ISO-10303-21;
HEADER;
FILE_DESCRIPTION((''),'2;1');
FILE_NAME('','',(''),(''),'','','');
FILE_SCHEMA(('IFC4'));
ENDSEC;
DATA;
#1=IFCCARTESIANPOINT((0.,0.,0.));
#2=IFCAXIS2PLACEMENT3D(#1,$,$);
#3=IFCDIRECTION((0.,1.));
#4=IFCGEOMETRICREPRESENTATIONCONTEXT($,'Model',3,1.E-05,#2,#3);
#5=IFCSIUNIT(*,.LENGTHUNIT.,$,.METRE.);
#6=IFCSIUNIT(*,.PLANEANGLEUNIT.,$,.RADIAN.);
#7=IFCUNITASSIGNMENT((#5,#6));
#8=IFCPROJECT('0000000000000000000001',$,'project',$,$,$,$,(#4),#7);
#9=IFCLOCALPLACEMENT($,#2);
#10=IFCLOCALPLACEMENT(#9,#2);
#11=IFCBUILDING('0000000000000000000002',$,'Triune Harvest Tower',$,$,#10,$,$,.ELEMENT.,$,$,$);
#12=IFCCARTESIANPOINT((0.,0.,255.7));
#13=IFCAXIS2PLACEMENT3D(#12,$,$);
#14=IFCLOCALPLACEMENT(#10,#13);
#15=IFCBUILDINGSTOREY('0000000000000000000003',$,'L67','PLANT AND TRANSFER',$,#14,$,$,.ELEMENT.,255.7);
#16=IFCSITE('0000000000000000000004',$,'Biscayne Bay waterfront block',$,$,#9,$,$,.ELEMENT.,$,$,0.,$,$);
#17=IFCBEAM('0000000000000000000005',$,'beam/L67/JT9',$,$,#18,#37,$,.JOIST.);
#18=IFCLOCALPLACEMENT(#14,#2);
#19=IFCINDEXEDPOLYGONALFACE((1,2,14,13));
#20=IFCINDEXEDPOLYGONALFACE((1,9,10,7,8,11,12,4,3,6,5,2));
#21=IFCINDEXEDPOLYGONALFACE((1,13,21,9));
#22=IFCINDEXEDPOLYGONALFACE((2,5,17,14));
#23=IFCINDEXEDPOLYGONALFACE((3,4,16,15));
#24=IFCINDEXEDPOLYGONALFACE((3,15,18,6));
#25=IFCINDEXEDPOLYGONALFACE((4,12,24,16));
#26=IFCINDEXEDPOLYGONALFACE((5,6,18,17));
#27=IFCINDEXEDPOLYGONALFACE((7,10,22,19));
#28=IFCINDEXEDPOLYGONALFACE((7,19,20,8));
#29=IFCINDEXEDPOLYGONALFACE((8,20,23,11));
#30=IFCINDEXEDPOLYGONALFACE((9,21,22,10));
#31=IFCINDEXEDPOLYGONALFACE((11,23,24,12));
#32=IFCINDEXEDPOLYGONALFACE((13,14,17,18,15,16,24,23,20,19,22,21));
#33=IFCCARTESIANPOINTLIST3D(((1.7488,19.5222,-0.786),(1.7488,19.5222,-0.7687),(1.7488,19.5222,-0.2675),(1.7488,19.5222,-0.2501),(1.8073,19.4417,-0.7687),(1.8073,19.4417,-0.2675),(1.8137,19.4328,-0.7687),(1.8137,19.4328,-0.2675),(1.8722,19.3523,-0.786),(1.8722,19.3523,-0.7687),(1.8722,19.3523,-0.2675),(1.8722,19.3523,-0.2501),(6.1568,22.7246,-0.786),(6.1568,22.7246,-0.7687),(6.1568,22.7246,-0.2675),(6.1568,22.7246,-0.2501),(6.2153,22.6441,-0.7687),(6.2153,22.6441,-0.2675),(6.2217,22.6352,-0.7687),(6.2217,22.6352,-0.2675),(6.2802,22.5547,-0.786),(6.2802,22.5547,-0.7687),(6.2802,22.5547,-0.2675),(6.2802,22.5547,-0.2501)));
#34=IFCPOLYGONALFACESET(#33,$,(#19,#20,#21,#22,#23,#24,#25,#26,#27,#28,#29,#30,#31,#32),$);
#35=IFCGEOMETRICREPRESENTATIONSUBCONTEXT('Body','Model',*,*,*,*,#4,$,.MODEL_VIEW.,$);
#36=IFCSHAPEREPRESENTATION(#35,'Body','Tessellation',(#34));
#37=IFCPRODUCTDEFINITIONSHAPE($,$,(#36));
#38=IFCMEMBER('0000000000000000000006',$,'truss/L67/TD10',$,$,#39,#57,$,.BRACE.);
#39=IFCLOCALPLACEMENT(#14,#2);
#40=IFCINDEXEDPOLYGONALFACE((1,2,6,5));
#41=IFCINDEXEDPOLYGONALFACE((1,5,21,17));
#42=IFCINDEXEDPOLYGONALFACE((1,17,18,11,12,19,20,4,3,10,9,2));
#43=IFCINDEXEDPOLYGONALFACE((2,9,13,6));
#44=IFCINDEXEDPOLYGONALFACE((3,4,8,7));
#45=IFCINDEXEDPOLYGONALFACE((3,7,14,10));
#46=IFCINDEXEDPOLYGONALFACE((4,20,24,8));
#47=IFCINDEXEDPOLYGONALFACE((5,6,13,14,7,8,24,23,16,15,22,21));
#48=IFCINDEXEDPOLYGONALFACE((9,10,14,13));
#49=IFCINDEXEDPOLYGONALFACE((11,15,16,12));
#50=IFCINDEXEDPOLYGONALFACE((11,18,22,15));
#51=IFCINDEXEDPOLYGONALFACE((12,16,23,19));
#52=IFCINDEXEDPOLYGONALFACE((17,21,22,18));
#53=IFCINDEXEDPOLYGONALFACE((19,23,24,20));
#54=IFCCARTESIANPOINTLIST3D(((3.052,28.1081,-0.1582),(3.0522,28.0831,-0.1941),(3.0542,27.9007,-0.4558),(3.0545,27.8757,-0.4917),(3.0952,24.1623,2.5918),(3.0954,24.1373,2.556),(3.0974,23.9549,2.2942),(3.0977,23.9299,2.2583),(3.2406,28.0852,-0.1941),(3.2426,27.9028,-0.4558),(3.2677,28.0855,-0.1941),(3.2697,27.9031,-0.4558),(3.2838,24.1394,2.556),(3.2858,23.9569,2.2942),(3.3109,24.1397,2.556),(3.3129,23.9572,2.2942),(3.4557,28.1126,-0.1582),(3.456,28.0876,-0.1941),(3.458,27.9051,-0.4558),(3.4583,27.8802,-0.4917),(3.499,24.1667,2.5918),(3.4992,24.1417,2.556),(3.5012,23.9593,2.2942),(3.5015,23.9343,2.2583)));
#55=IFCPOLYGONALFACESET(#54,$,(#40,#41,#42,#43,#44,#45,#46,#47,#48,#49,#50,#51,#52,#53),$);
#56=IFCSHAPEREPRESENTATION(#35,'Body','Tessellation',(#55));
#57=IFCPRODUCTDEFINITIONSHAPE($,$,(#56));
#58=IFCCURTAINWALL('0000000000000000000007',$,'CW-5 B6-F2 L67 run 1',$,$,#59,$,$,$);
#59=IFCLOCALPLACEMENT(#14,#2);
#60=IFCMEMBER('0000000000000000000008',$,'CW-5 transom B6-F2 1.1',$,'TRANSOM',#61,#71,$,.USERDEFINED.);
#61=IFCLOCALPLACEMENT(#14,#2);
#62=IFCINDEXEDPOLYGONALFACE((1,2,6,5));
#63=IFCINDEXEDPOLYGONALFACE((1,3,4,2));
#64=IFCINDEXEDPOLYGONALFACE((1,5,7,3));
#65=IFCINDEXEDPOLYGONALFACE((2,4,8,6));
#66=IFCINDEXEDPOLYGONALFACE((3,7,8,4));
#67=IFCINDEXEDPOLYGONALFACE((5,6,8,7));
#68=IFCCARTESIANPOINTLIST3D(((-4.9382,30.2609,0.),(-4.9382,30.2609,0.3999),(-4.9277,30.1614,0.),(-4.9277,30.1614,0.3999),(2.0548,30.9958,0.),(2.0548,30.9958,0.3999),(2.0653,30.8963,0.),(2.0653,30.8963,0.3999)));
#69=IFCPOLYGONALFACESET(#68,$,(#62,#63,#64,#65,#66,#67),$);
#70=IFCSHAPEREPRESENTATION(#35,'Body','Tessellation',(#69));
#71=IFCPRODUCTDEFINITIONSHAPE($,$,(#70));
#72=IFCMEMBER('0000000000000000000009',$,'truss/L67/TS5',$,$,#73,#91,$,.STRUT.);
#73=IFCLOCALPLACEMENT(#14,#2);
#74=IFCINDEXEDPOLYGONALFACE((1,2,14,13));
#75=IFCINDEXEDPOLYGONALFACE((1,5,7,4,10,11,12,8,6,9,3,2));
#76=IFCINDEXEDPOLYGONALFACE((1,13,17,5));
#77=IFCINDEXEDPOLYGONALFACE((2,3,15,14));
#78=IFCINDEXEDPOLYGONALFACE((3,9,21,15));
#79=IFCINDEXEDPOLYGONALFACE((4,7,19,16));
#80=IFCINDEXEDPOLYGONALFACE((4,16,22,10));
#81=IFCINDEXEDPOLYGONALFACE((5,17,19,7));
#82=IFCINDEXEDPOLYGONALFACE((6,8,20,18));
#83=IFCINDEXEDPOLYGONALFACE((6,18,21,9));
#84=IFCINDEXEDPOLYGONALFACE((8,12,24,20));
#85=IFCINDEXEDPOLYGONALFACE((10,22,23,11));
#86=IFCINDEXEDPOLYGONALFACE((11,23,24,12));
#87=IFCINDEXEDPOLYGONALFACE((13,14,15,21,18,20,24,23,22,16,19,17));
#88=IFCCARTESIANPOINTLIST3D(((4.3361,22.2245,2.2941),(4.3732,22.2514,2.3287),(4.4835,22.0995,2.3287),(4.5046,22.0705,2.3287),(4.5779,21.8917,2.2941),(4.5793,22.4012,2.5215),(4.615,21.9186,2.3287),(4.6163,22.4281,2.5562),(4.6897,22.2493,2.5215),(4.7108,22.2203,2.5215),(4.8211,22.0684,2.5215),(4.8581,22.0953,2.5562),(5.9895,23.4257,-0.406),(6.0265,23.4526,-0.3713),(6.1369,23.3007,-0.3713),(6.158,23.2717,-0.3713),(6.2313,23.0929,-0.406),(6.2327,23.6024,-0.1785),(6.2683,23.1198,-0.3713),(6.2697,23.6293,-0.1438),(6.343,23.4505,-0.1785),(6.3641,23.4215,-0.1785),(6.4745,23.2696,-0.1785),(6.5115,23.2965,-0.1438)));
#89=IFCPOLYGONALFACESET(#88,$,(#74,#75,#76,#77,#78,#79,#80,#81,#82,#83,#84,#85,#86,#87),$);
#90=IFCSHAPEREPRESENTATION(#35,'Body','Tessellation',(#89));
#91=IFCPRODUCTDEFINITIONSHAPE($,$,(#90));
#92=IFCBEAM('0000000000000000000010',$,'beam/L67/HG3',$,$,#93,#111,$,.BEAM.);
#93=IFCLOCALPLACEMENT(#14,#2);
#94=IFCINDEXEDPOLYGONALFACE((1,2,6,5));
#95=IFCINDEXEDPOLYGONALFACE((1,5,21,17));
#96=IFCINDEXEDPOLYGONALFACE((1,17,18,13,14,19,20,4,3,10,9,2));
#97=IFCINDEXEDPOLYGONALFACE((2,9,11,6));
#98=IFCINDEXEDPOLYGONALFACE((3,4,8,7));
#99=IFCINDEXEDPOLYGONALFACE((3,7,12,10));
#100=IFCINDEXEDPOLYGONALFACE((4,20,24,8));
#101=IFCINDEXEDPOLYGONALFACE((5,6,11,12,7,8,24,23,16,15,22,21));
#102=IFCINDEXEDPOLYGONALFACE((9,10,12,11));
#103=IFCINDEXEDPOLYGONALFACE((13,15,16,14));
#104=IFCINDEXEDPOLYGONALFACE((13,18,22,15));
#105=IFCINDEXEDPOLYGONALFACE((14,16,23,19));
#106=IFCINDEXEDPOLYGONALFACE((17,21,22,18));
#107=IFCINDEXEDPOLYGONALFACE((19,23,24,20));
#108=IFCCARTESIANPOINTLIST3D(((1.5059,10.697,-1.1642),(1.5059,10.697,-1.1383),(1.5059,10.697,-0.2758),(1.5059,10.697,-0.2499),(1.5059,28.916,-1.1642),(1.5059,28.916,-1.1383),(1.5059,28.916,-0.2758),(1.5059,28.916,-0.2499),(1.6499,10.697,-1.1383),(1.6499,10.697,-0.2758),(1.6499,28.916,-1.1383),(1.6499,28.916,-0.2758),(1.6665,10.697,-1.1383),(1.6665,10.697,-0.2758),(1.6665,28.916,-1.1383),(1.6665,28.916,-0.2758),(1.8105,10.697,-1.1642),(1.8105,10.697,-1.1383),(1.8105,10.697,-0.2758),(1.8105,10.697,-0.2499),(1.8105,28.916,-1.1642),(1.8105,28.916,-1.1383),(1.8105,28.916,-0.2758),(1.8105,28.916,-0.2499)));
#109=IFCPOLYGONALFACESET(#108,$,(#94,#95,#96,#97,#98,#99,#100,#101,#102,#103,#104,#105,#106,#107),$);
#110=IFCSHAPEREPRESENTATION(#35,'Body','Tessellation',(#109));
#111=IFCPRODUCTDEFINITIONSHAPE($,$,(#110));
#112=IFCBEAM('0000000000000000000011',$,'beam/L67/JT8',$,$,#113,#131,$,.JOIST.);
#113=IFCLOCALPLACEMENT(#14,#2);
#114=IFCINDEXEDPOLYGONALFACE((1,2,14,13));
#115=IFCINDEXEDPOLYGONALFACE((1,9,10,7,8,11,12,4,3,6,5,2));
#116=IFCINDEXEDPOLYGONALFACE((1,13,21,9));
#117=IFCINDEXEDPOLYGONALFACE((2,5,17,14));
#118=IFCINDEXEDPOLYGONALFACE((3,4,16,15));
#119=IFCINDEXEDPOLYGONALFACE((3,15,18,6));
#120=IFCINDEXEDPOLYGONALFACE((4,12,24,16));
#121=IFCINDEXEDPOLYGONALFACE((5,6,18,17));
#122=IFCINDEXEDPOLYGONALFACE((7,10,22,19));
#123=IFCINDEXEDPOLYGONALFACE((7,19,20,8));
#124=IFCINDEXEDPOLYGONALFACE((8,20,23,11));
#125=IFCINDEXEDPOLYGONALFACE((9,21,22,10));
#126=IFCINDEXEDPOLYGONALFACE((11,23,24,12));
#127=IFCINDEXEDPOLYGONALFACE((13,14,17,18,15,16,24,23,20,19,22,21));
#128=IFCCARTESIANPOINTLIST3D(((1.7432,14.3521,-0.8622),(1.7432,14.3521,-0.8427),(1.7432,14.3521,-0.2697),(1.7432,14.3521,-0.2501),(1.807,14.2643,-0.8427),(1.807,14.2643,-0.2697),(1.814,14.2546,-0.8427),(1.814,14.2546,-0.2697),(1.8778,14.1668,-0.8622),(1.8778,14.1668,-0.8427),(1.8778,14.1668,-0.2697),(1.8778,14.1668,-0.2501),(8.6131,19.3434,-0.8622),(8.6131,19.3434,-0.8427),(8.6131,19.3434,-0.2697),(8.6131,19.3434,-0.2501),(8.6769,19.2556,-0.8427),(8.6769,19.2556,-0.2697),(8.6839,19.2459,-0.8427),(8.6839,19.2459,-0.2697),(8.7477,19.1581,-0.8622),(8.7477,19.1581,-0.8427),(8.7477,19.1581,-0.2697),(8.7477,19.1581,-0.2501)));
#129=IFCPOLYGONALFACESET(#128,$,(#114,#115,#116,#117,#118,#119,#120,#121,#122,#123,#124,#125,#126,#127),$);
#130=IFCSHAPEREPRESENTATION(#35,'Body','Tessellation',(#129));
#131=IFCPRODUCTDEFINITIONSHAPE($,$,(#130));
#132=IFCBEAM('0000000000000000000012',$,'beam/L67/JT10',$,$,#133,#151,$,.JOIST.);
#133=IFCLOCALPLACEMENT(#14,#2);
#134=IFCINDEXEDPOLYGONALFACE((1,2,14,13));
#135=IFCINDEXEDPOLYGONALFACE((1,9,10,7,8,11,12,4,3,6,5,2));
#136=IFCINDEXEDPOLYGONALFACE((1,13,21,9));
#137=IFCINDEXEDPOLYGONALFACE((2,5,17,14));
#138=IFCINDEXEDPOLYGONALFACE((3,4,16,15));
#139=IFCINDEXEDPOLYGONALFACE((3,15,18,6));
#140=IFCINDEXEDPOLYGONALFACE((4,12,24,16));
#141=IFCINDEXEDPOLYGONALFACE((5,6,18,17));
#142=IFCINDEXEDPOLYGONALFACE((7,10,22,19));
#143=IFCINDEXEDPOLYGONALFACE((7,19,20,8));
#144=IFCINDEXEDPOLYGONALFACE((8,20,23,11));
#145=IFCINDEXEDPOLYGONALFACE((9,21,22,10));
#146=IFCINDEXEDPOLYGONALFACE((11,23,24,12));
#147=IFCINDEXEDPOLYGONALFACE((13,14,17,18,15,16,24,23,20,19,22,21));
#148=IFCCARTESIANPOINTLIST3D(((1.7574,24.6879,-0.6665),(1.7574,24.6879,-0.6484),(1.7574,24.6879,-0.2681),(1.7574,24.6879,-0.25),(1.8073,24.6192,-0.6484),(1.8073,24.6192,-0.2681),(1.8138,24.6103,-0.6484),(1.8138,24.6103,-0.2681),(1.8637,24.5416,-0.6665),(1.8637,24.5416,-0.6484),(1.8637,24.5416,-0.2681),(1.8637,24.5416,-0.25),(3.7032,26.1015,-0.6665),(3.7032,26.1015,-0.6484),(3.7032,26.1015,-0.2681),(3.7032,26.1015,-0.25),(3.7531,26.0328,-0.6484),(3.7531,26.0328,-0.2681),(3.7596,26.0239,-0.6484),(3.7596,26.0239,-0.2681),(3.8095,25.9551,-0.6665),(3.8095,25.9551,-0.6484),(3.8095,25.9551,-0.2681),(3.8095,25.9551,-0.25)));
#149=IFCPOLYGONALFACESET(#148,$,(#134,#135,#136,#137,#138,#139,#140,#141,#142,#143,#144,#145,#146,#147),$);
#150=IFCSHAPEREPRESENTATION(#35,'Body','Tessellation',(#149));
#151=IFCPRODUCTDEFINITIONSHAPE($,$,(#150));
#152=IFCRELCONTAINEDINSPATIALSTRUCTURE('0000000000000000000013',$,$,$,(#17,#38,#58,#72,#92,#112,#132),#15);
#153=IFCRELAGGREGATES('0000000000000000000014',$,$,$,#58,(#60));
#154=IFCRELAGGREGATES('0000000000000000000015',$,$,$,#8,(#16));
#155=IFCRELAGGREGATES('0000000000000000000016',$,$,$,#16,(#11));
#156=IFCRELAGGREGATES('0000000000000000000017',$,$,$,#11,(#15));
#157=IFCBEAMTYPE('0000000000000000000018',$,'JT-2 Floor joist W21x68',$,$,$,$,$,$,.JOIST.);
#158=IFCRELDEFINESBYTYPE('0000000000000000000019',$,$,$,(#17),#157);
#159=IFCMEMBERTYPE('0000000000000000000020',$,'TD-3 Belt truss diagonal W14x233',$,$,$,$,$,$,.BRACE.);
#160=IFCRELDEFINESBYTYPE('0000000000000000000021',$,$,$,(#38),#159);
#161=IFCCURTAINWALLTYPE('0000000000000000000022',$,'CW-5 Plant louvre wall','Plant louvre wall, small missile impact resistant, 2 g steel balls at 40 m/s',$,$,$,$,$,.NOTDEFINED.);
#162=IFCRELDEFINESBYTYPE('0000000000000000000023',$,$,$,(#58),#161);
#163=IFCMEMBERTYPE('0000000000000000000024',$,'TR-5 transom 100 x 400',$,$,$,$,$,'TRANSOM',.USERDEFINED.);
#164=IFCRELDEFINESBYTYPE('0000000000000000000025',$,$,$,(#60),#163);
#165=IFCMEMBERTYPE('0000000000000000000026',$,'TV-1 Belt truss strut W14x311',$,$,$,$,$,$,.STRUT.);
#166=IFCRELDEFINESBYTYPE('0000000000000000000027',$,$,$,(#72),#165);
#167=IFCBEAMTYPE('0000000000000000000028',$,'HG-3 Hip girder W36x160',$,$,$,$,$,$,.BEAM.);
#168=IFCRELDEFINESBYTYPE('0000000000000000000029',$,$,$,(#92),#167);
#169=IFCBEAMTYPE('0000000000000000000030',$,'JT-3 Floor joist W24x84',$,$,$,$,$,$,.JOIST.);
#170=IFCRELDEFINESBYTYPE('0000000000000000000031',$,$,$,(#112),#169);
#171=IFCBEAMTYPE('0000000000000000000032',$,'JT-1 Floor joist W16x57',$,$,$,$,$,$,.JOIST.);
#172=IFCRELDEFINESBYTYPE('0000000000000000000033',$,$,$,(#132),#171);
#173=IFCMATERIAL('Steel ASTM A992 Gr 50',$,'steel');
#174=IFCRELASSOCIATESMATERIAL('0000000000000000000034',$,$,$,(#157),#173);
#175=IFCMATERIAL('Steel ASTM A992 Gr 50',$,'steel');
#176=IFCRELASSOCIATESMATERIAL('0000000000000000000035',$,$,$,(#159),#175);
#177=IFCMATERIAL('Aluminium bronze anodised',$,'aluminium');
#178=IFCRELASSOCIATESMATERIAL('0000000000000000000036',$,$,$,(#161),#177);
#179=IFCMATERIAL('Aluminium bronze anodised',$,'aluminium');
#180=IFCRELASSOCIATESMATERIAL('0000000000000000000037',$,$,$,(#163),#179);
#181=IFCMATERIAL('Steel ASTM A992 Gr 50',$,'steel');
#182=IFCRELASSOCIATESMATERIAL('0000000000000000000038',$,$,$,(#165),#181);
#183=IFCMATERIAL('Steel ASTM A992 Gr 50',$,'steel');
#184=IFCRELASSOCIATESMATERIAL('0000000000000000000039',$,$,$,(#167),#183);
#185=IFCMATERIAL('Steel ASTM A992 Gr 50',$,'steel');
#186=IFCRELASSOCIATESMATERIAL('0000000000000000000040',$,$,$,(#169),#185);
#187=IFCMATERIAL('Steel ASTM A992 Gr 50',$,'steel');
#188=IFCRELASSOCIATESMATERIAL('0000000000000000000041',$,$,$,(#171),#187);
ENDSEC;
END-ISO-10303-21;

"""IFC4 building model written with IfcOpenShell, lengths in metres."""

from ifc_helpers import new_model, si_unit, direction, frame, origin, origin_2d, place, context, subcontext, project, spatial, rectangle, i_section, extrude, source, transform, mapped, material, material_profile, profile_set, type_object, element, aggregate, save


model = new_model("IFC4")

# Units and contexts
model_context = context("Model", 3, precision=1e-05, world=origin(), true_north=direction((0.0, 1.0)))
body_context = subcontext(model_context, "Body", "Model", "MODEL_VIEW")
ifc_project = project(units=[si_unit("LENGTHUNIT", "METRE"), si_unit("PLANEANGLEUNIT", "RADIAN")], contexts=[model_context])

# Site, building, storey
site_placement = place(None, origin())
site = spatial("IfcSite", under=ifc_project, at=site_placement, Name="Biscayne Bay waterfront block", CompositionType="ELEMENT", RefElevation=0.0)
building_placement = place(site_placement, origin())
building = spatial("IfcBuilding", under=site, at=building_placement, Name="Triune Harvest Tower", CompositionType="ELEMENT")
storey_placement = place(building_placement, frame((0.0, 0.0, 255.7)))
storey = spatial("IfcBuildingStorey", under=building, at=storey_placement, Name="L67", Description="PLANT AND TRANSFER", CompositionType="ELEMENT", Elevation=255.7)

# Beam
ifc_material_1 = material(Name="Steel ASTM A992 Gr 50", Category="steel")
ifc_material_profile_1 = material_profile(ifc_material_1, i_section(OverallWidth=0.21, OverallDepth=0.5359, WebThickness=0.011, FlangeThickness=0.0173, at=origin_2d()), Name="W21x68")
ifc_profile_set_1 = profile_set([ifc_material_profile_1], Name="Steel ASTM A992 Gr 50")
beam_type_1 = type_object("IfcBeamType", Name="JT-2 Floor joist W21x68", PredefinedType="JOIST", material=ifc_profile_set_1)
beam_1_placement = place(storey_placement, frame((6.2185, 22.6396, -0.5181), z_axis=(-0.809032, -0.587764, 0.0), x_axis=(0.587764, -0.809032, 0.0)))
element("IfcBeam", 1, at=beam_1_placement, inside=storey, type_object=beam_type_1, Name="beam/L67/JT9", PredefinedType="JOIST", context=body_context, shape_type="SweptSolid", body=[
    extrude(i_section(OverallWidth=0.21, OverallDepth=0.5359, WebThickness=0.011, FlangeThickness=0.0173, at=origin_2d()), origin(), (0.0, 0.0, 1.0), 5.4485),
])

# Member
ifc_material_2 = material(Name="Steel ASTM A992 Gr 50", Category="steel")
ifc_material_profile_2 = material_profile(ifc_material_2, i_section(OverallWidth=0.4038, OverallDepth=0.4065, WebThickness=0.0271, FlangeThickness=0.0437, at=origin_2d()), Name="W14x233")
ifc_profile_set_2 = profile_set([ifc_material_profile_2], Name="Steel ASTM A992 Gr 50")
member_type_1 = type_object("IfcMemberType", Name="TD-3 Belt truss diagonal W14x233", PredefinedType="BRACE", material=ifc_profile_set_2)
member_1_placement = place(storey_placement, frame((3.2551, 27.9941, -0.325), z_axis=(0.008984, -0.820375, 0.571755), x_axis=(0.99994, 0.010951, 0.0)))
element("IfcMember", 2, at=member_1_placement, inside=storey, type_object=member_type_1, Name="truss/L67/TD10", PredefinedType="BRACE", context=body_context, shape_type="SweptSolid", body=[
    extrude(i_section(OverallWidth=0.4038, OverallDepth=0.4065, WebThickness=0.0271, FlangeThickness=0.0437, at=origin_2d()), origin(), (0.0, 0.0, 1.0), 4.8098),
])

# Curtain wall, member
ifc_material_3 = material(Name="Aluminium bronze anodised", Category="aluminium")
curtain_wall_type = type_object("IfcCurtainWallType", Name="CW-5 Plant louvre wall", Description="Plant louvre wall, small missile impact resistant, 2 g steel balls at 40 m/s", PredefinedType="NOTDEFINED", material=ifc_material_3)
curtain_wall_1_placement = place(storey_placement, origin())
curtain_wall_1 = element("IfcCurtainWall", 3, at=curtain_wall_1_placement, inside=storey, type_object=curtain_wall_type, Name="CW-5 B6-F2 L67 run 1")
ifc_material_4 = material(Name="Aluminium bronze anodised", Category="aluminium")
ifc_material_profile_3 = material_profile(ifc_material_4, rectangle(XDim=0.1001, YDim=0.3999, at=origin_2d()), Name="TR-5 transom 100 x 400")
ifc_profile_set_3 = profile_set([ifc_material_profile_3], Name="Aluminium bronze anodised")
member_type_2 = type_object("IfcMemberType", Name="TR-5 transom 100 x 400", ElementType="TRANSOM", PredefinedType="USERDEFINED", material=ifc_profile_set_3)
member_2_placement = place(storey_placement, frame((2.0601, 30.946, 0.2), z_axis=(-0.994524, -0.104511, 0.0), x_axis=(0.104511, -0.994524, 0.0)))
member_2 = element("IfcMember", 4, at=member_2_placement, type_object=member_type_2, Name="CW-5 transom B6-F2 1.1", ObjectType="TRANSOM", PredefinedType="USERDEFINED", context=body_context, shape_type="SweptSolid", body=[
    extrude(rectangle(XDim=0.1001, YDim=0.3999, at=origin_2d()), origin(), (0.0, 0.0, 1.0), 7.0315),
])

# Member
ifc_material_5 = material(Name="Steel ASTM A992 Gr 50", Category="steel")
ifc_material_profile_4 = material_profile(ifc_material_5, i_section(OverallWidth=0.4114, OverallDepth=0.4343, WebThickness=0.0359, FlangeThickness=0.0574, at=origin_2d()), Name="W14x311")
ifc_profile_set_4 = profile_set([ifc_material_profile_4], Name="Steel ASTM A992 Gr 50")
member_type_3 = type_object("IfcMemberType", Name="TV-1 Belt truss strut W14x311", PredefinedType="STRUT", material=ifc_profile_set_4)
member_3_placement = place(storey_placement, frame((6.2505, 23.3611, -0.2749), z_axis=(-0.488259, -0.354731, 0.797351), x_axis=(0.587774, -0.809025, 0.0)))
element("IfcMember", 5, at=member_3_placement, inside=storey, type_object=member_type_3, Name="truss/L67/TS5", PredefinedType="STRUT", context=body_context, shape_type="SweptSolid", body=[
    extrude(i_section(OverallWidth=0.4114, OverallDepth=0.4343, WebThickness=0.0359, FlangeThickness=0.0574, at=origin_2d()), origin(), (0.0, 0.0, 1.0), 3.3862),
])

# Beams
ifc_material_6 = material(Name="Steel ASTM A992 Gr 50", Category="steel")
ifc_material_profile_5 = material_profile(ifc_material_6, i_section(OverallWidth=0.3047, OverallDepth=0.9143, WebThickness=0.0166, FlangeThickness=0.0259, at=origin_2d()), Name="W36x160")
ifc_profile_set_5 = profile_set([ifc_material_profile_5], Name="Steel ASTM A992 Gr 50")
beam_type_2 = type_object("IfcBeamType", Name="HG-3 Hip girder W36x160", PredefinedType="BEAM", material=ifc_profile_set_5)
shared_shape_1 = source(origin(), body_context, "Body", "SweptSolid", [
    extrude(i_section(OverallWidth=0.3047, OverallDepth=0.9143, WebThickness=0.0166, FlangeThickness=0.0259, at=origin_2d()), origin(), (0.0, 0.0, 1.0), 18.219),
])
beam_2_placement = place(storey_placement, frame((1.6582, 28.916, -0.707), z_axis=(0.0, -1.0, 0.0), x_axis=(1.0, 0.0, 0.0)))
element("IfcBeam", 6, at=beam_2_placement, inside=storey, type_object=beam_type_2, Name="beam/L67/HG3", PredefinedType="BEAM", context=body_context, shape_type="MappedRepresentation", body=[
    mapped(shared_shape_1, transform((0.0, 0.0, 0.0), scale=1.0)),
])
ifc_material_7 = material(Name="Steel ASTM A992 Gr 50", Category="steel")
ifc_material_profile_6 = material_profile(ifc_material_7, i_section(OverallWidth=0.229, OverallDepth=0.6121, WebThickness=0.012, FlangeThickness=0.0195, at=origin_2d()), Name="W24x84")
ifc_profile_set_6 = profile_set([ifc_material_profile_6], Name="Steel ASTM A992 Gr 50")
beam_type_3 = type_object("IfcBeamType", Name="JT-3 Floor joist W24x84", PredefinedType="JOIST", material=ifc_profile_set_6)
shared_shape_2 = source(origin(), body_context, "Body", "SweptSolid", [
    extrude(i_section(OverallWidth=0.229, OverallDepth=0.6121, WebThickness=0.012, FlangeThickness=0.0195, at=origin_2d()), origin(), (0.0, 0.0, 1.0), 8.4917),
])
beam_3_placement = place(storey_placement, frame((8.6804, 19.2507, -0.5562), z_axis=(-0.809019, -0.587782, 0.0), x_axis=(0.587782, -0.809019, 0.0)))
element("IfcBeam", 7, at=beam_3_placement, inside=storey, type_object=beam_type_3, Name="beam/L67/JT8", PredefinedType="JOIST", context=body_context, shape_type="MappedRepresentation", body=[
    mapped(shared_shape_2, transform((0.0, 0.0, 0.0), scale=1.0)),
])
ifc_material_8 = material(Name="Steel ASTM A992 Gr 50", Category="steel")
ifc_material_profile_7 = material_profile(ifc_material_8, i_section(OverallWidth=0.1809, OverallDepth=0.4165, WebThickness=0.011, FlangeThickness=0.0181, at=origin_2d()), Name="W16x57")
ifc_profile_set_7 = profile_set([ifc_material_profile_7], Name="Steel ASTM A992 Gr 50")
beam_type_4 = type_object("IfcBeamType", Name="JT-1 Floor joist W16x57", PredefinedType="JOIST", material=ifc_profile_set_7)
shared_shape_3 = source(origin(), body_context, "Body", "SweptSolid", [
    extrude(i_section(OverallWidth=0.1809, OverallDepth=0.4165, WebThickness=0.011, FlangeThickness=0.0181, at=origin_2d()), origin(), (0.0, 0.0, 1.0), 2.405),
])
beam_4_placement = place(storey_placement, frame((3.7563, 26.0283, -0.4583), z_axis=(-0.809043, -0.587749, 0.0), x_axis=(0.587749, -0.809043, 0.0)))
element("IfcBeam", 8, at=beam_4_placement, inside=storey, type_object=beam_type_4, Name="beam/L67/JT10", PredefinedType="JOIST", context=body_context, shape_type="MappedRepresentation", body=[
    mapped(shared_shape_3, transform((0.0, 0.0, 0.0), scale=1.0)),
])

aggregate(curtain_wall_1, [member_2])

save(model, "model.ifc")
